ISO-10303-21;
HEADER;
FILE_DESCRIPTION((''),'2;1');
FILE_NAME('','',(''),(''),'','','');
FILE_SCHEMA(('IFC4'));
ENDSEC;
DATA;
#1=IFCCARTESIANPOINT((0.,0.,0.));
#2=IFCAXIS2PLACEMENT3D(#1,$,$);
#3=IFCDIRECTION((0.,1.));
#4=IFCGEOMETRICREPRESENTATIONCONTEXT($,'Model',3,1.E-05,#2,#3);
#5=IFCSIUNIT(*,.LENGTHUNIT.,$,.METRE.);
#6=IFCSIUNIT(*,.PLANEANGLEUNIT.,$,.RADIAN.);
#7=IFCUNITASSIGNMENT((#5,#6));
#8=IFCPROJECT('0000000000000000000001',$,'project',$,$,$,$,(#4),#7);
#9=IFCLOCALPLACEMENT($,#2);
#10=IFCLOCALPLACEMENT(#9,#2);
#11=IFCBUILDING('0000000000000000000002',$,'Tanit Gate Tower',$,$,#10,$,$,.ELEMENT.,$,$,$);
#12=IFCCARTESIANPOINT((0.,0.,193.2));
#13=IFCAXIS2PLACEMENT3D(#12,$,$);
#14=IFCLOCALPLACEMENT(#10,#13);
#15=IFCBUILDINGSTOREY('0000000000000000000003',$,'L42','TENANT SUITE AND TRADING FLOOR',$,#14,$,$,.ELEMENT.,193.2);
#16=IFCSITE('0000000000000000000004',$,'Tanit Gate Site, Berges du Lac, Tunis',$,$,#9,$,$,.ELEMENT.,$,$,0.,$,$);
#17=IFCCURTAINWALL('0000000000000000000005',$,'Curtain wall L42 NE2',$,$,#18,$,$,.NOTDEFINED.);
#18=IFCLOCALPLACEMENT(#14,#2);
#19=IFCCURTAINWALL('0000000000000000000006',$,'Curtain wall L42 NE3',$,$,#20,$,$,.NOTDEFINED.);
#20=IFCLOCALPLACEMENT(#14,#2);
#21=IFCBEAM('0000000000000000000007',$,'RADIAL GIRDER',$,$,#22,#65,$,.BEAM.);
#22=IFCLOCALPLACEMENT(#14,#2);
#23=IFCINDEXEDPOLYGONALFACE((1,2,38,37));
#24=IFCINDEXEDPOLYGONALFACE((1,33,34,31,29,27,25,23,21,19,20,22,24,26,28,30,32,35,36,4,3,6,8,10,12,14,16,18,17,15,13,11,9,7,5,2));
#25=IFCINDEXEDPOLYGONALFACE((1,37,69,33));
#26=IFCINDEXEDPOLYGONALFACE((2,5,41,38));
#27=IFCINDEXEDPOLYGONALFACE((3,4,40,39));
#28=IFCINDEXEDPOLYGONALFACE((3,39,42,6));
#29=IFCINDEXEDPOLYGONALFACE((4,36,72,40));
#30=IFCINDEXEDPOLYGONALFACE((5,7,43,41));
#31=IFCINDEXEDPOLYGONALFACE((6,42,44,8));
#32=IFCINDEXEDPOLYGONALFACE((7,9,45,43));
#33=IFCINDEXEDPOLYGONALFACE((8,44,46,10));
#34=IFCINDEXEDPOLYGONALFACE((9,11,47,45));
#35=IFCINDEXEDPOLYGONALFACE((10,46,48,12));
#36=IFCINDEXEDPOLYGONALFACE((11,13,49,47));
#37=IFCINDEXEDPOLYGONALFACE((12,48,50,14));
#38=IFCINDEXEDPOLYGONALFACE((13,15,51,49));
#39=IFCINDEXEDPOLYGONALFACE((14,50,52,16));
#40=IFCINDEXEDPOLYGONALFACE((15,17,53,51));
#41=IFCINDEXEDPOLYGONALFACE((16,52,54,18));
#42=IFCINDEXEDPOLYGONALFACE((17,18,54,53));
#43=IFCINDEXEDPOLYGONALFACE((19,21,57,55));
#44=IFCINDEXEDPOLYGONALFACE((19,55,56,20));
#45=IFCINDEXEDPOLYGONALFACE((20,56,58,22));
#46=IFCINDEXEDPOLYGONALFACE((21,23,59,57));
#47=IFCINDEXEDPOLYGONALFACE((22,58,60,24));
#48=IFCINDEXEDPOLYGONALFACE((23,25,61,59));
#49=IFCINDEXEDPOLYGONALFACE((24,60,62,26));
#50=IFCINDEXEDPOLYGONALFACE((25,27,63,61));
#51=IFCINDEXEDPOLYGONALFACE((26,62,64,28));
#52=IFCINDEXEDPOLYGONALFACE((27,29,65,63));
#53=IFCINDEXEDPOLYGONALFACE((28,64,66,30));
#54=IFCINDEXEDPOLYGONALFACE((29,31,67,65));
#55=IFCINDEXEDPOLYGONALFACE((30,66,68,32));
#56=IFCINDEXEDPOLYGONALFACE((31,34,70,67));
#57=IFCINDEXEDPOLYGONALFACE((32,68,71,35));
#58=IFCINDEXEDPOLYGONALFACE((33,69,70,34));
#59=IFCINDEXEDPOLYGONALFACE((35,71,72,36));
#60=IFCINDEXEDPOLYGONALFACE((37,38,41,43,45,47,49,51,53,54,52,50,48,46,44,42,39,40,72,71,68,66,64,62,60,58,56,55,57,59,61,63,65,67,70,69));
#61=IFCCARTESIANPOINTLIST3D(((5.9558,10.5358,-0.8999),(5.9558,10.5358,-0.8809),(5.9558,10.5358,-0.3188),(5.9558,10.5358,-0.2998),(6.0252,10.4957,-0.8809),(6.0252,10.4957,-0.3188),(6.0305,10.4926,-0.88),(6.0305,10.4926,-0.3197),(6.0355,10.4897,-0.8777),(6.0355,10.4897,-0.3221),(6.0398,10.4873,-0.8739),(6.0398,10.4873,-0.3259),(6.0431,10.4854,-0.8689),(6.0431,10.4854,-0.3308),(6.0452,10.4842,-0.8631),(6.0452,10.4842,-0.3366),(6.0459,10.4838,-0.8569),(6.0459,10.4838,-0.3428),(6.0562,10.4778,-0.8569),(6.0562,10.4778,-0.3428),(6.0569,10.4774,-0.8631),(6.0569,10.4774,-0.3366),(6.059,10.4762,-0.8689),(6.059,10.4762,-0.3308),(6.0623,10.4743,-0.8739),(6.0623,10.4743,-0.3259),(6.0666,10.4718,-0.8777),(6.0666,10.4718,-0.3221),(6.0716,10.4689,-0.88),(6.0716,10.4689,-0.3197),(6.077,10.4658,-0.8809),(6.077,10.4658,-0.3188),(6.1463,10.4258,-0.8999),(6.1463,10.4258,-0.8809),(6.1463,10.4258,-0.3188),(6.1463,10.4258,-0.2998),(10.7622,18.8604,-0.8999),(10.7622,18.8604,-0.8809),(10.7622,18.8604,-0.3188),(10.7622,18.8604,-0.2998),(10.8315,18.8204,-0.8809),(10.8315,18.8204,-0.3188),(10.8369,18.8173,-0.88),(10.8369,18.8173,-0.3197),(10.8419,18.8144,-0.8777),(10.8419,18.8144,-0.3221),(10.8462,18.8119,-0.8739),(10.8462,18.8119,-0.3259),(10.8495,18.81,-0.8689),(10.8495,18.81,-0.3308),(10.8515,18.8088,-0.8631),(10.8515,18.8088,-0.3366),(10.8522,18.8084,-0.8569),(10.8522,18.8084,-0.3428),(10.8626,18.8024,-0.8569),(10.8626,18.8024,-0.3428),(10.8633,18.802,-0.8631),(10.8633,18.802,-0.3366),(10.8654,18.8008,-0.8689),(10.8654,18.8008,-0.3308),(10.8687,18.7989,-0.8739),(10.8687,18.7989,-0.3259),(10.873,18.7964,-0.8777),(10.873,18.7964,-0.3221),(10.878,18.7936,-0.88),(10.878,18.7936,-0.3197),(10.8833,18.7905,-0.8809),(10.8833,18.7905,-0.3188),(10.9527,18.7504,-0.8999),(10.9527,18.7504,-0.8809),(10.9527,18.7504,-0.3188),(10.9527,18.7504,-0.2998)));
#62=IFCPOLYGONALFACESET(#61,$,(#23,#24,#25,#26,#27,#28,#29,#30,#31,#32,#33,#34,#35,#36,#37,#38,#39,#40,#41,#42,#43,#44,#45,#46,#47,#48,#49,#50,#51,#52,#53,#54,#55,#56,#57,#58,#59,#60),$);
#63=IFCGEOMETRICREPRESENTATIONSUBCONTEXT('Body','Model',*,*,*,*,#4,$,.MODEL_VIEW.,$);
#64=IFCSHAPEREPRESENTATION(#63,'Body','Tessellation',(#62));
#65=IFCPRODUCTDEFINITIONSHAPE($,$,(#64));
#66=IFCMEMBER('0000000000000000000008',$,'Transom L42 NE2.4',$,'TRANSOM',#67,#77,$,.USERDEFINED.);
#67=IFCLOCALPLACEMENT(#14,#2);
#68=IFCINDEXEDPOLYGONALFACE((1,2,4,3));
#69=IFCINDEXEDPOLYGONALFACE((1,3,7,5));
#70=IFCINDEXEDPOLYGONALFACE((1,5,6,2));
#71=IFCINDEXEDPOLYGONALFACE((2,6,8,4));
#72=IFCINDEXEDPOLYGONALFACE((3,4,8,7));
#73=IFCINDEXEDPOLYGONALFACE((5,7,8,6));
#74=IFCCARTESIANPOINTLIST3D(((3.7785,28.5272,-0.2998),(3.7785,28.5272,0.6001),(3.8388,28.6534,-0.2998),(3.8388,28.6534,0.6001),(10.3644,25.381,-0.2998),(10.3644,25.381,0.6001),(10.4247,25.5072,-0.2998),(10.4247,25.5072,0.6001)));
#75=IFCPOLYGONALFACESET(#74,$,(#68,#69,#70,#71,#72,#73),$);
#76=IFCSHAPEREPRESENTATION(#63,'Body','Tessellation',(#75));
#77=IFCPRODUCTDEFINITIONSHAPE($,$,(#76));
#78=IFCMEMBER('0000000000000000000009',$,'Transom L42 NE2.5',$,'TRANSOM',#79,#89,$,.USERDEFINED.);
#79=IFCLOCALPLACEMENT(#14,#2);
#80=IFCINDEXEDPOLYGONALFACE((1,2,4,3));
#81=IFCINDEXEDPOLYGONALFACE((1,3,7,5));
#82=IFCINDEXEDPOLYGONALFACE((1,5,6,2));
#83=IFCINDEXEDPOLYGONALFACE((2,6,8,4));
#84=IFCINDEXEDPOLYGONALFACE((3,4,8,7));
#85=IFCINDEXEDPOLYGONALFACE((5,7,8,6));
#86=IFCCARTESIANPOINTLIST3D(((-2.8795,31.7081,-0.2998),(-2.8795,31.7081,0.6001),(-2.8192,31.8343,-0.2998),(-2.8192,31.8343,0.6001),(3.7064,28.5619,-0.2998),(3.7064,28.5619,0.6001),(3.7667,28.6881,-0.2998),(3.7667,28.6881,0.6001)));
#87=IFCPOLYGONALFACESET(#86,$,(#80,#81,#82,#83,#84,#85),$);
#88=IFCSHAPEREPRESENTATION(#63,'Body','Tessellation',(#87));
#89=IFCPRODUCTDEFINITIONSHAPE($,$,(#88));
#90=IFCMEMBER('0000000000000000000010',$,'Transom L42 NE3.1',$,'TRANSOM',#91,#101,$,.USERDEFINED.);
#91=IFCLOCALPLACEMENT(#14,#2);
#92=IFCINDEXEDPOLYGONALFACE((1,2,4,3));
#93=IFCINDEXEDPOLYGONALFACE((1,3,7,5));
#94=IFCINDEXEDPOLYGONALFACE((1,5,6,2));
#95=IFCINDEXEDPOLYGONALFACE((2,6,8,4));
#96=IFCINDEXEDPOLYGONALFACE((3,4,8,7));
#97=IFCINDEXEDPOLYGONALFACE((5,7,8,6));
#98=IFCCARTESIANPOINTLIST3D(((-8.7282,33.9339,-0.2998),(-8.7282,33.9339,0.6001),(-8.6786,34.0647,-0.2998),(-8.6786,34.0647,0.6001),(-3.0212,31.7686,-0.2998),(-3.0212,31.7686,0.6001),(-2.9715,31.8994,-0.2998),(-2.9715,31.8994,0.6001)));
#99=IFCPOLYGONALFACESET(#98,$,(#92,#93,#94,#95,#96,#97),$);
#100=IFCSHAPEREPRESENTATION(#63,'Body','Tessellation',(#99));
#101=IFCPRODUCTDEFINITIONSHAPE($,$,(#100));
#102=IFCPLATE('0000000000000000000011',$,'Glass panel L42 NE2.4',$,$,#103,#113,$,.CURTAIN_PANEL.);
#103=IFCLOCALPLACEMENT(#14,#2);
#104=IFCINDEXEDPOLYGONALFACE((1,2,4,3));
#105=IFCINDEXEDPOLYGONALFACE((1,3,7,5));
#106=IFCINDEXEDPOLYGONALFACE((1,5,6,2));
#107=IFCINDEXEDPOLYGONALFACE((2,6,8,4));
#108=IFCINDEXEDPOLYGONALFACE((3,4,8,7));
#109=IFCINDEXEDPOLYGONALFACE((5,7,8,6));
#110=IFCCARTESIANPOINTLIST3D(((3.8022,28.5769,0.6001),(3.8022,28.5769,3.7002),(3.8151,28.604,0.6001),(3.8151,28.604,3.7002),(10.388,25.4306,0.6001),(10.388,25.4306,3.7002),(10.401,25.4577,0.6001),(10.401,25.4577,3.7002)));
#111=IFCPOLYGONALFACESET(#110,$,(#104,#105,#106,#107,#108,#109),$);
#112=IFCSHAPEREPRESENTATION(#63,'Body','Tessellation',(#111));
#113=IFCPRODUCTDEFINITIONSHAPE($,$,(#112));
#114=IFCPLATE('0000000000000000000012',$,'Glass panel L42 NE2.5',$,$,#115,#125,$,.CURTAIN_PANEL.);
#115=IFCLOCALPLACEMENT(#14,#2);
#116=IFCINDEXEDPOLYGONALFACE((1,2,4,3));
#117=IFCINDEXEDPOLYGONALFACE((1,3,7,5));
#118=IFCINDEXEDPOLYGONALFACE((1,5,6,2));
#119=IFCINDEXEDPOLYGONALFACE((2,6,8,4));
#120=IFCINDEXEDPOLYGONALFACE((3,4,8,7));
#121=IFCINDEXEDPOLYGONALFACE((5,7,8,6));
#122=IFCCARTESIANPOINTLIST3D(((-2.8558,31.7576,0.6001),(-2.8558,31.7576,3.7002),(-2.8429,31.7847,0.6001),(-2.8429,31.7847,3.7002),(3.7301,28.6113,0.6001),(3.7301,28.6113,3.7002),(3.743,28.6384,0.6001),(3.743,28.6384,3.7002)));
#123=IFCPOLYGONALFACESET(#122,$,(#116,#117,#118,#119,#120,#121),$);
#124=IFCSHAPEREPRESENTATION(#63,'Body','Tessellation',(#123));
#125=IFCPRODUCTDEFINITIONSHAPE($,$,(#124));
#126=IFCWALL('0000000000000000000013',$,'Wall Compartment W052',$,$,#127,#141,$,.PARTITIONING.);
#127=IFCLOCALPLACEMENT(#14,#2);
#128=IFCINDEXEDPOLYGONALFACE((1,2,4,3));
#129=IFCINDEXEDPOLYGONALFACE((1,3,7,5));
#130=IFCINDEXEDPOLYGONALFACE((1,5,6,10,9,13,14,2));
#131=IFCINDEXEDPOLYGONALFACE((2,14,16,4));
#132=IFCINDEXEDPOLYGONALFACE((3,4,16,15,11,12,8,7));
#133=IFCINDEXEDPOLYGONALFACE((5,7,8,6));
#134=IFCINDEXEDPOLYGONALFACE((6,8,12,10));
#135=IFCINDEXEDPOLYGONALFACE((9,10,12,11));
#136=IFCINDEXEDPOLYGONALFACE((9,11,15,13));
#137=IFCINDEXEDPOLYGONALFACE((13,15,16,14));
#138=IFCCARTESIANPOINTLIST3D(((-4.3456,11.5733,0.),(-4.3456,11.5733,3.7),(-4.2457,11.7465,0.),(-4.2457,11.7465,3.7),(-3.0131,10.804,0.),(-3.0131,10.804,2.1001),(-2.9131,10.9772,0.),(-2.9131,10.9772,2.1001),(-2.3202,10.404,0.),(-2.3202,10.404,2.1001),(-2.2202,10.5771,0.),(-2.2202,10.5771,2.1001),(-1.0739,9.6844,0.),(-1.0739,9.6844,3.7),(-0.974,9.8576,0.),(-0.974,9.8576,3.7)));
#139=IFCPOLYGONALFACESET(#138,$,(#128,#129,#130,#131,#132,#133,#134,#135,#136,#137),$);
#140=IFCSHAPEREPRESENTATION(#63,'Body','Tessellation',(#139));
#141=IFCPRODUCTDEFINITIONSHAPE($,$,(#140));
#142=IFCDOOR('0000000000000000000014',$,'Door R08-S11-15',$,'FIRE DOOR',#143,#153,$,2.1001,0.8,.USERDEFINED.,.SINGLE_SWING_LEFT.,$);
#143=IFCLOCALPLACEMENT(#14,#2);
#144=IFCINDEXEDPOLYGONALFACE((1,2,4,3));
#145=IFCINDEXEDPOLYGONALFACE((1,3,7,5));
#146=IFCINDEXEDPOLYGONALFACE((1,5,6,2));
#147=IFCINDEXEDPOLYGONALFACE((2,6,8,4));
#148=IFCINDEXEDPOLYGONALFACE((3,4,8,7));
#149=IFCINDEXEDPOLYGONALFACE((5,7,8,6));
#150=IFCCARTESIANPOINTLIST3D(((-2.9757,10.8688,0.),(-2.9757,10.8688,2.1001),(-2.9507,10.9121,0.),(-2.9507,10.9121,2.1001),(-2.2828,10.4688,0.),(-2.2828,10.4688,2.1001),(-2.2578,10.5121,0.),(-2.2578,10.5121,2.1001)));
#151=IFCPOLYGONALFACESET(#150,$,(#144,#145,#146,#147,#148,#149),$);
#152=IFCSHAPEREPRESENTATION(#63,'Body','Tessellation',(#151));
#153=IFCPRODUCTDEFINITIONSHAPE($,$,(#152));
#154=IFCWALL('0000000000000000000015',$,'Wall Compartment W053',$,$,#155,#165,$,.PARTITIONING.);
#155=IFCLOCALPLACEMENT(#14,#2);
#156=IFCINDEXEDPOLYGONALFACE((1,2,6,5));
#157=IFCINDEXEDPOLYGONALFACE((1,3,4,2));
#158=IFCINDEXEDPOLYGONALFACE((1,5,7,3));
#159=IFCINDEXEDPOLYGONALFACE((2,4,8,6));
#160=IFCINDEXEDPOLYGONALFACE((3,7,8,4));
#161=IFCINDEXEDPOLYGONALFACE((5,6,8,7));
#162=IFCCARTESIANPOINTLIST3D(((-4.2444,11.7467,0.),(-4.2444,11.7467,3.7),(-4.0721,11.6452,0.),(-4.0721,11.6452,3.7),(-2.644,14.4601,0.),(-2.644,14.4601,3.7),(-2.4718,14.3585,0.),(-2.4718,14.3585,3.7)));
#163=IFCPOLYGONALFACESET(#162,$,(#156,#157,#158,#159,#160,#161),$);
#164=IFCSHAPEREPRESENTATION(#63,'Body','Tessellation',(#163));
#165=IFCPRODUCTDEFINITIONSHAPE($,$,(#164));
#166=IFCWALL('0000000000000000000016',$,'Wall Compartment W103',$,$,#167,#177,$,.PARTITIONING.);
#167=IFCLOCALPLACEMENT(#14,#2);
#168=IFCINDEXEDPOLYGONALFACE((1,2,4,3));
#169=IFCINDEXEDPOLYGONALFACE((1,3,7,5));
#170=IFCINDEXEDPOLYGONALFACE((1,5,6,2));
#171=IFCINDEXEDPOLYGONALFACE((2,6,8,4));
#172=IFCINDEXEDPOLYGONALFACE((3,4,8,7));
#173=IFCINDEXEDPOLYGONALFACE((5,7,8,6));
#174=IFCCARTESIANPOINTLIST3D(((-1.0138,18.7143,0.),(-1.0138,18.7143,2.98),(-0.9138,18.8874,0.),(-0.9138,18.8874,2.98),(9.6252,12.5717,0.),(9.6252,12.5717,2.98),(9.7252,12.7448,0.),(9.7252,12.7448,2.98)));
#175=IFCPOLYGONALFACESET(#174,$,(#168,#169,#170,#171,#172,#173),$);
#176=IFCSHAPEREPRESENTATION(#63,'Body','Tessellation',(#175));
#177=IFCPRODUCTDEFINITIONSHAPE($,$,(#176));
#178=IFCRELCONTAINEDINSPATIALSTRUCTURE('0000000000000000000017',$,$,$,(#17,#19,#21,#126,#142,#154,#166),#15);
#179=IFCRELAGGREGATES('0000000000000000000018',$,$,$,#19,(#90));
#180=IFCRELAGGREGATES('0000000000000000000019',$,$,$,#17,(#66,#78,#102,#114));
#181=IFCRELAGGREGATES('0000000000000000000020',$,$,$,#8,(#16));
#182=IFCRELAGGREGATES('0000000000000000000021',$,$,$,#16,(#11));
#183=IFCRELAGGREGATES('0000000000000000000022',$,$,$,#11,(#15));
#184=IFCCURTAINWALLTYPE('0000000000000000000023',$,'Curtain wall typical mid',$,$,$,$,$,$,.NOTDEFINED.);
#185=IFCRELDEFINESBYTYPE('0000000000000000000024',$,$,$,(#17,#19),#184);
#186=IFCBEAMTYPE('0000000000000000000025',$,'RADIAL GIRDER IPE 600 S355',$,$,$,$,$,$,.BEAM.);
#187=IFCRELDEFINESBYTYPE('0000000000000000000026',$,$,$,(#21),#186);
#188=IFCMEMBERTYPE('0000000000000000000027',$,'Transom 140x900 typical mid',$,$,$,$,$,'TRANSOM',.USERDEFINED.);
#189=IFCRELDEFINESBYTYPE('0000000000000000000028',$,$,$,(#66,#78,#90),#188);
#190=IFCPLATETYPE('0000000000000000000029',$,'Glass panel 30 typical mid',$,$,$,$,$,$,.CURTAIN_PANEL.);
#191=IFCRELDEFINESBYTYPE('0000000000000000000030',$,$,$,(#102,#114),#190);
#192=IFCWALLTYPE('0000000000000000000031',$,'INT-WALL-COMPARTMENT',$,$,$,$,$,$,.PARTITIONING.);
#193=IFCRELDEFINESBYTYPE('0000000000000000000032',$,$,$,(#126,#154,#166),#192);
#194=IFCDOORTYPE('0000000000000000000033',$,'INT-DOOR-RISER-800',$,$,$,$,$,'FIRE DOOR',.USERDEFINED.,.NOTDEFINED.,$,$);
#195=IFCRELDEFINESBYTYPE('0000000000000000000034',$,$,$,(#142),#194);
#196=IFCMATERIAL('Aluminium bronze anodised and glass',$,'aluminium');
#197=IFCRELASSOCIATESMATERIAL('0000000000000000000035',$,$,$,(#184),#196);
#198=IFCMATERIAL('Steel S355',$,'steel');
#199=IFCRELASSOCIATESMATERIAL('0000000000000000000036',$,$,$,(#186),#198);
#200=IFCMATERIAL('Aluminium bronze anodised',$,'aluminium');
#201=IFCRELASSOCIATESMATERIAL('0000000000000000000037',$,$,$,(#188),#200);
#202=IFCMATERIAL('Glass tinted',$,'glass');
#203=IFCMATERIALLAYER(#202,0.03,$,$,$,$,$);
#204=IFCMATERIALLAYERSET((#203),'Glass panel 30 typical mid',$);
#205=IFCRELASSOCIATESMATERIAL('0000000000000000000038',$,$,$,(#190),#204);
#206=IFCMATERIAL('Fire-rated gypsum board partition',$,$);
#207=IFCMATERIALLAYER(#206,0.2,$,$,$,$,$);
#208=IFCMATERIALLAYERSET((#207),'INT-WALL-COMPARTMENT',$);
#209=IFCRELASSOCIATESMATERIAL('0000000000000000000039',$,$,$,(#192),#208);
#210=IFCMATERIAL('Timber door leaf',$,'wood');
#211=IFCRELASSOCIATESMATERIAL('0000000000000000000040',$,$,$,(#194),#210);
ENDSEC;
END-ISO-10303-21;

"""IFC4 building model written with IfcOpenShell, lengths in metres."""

from ifc_helpers import new_model, si_unit, direction, frame, frame_2d, origin, origin_2d, place, context, subcontext, project, spatial, rectangle, i_section, extrude, material, layer, layer_set, material_profile, profile_set, type_object, element, fill, aggregate, save


model = new_model("IFC4")

# Units and contexts
model_context = context("Model", 3, precision=1e-05, world=origin(), true_north=direction((0.0, 1.0)))
body_context = subcontext(model_context, "Body", "Model", "MODEL_VIEW")
ifc_project = project(units=[si_unit("LENGTHUNIT", "METRE"), si_unit("PLANEANGLEUNIT", "RADIAN")], contexts=[model_context])

# Site, building, storey
site_placement = place(None, origin())
site = spatial("IfcSite", under=ifc_project, at=site_placement, Name="Tanit Gate Site, Berges du Lac, Tunis", CompositionType="ELEMENT", RefElevation=0.0)
building_placement = place(site_placement, origin())
building = spatial("IfcBuilding", under=site, at=building_placement, Name="Tanit Gate Tower", CompositionType="ELEMENT")
storey_placement = place(building_placement, frame((0.0, 0.0, 193.2)))
storey = spatial("IfcBuildingStorey", under=building, at=storey_placement, Name="L42", Description="TENANT SUITE AND TRADING FLOOR", CompositionType="ELEMENT", Elevation=193.2)

# Curtain wall
ifc_material_1 = material(Name="Aluminium bronze anodised and glass", Category="aluminium")
curtain_wall_type = type_object("IfcCurtainWallType", Name="Curtain wall typical mid", PredefinedType="NOTDEFINED", material=ifc_material_1)
curtain_wall_1_placement = place(storey_placement, origin())
curtain_wall_1 = element("IfcCurtainWall", 1, at=curtain_wall_1_placement, inside=storey, type_object=curtain_wall_type, Name="Curtain wall L42 NE2", PredefinedType="NOTDEFINED")

# Curtain wall
curtain_wall_2_placement = place(storey_placement, origin())
curtain_wall_2 = element("IfcCurtainWall", 2, at=curtain_wall_2_placement, inside=storey, type_object=curtain_wall_type, Name="Curtain wall L42 NE3", PredefinedType="NOTDEFINED")

# Beam
ifc_material_2 = material(Name="Steel S355", Category="steel")
ifc_material_profile_1 = material_profile(ifc_material_2, i_section(OverallWidth=0.22, OverallDepth=0.6001, WebThickness=0.012, FlangeThickness=0.019, FilletRadius=0.0239, at=origin_2d()), Name="IPE 600")
ifc_profile_set_1 = profile_set([ifc_material_profile_1], Name="Steel S355")
beam_type_1 = type_object("IfcBeamType", Name="RADIAL GIRDER IPE 600 S355", PredefinedType="BEAM", material=ifc_profile_set_1)
beam_1_placement = place(storey_placement, frame((10.8574, 18.8054, -0.5999), z_axis=(-0.50001, -0.86602, 0.0), x_axis=(0.86602, -0.50001, 0.0)))
element("IfcBeam", 3, at=beam_1_placement, inside=storey, type_object=beam_type_1, Name="RADIAL GIRDER", PredefinedType="BEAM", context=body_context, shape_type="SweptSolid", body=[
    extrude(i_section(OverallWidth=0.22, OverallDepth=0.6001, WebThickness=0.012, FlangeThickness=0.019, FilletRadius=0.0239, at=origin_2d()), origin(), (0.0, 0.0, 1.0), 9.6125),
])

# Members
ifc_material_3 = material(Name="Aluminium bronze anodised", Category="aluminium")
ifc_material_profile_2 = material_profile(ifc_material_3, rectangle(XDim=0.1399, YDim=0.8999, at=origin_2d()), Name="140x900 bronze transom")
ifc_profile_set_2 = profile_set([ifc_material_profile_2], Name="Aluminium bronze anodised")
member_type_1 = type_object("IfcMemberType", Name="Transom 140x900 typical mid", ElementType="TRANSOM", PredefinedType="USERDEFINED", material=ifc_profile_set_2)
member_1_placement = place(storey_placement, frame((10.3945, 25.4441, 0.1501), z_axis=(-0.902324, 0.431059, 0.0), x_axis=(-0.431059, -0.902324, 0.0)))
member_1 = element("IfcMember", 4, at=member_1_placement, type_object=member_type_1, Name="Transom L42 NE2.4", ObjectType="TRANSOM", PredefinedType="USERDEFINED", context=body_context, shape_type="SweptSolid", body=[
    extrude(rectangle(XDim=0.1399, YDim=0.8999, at=origin_2d()), origin(), (0.0, 0.0, 1.0), 7.2988),
])
member_2_placement = place(storey_placement, frame((3.7366, 28.625, 0.1501), z_axis=(-0.902324, 0.431059, 0.0), x_axis=(-0.431059, -0.902324, 0.0)))
member_2 = element("IfcMember", 5, at=member_2_placement, type_object=member_type_1, Name="Transom L42 NE2.5", ObjectType="TRANSOM", PredefinedType="USERDEFINED", context=body_context, shape_type="SweptSolid", body=[
    extrude(rectangle(XDim=0.1399, YDim=0.8999, at=origin_2d()), origin(), (0.0, 0.0, 1.0), 7.2988),
])
member_3_placement = place(storey_placement, frame((-2.9963, 31.834, 0.1501), z_axis=(-0.934968, 0.354733, 0.0), x_axis=(-0.354733, -0.934968, 0.0)))
member_3 = element("IfcMember", 6, at=member_3_placement, type_object=member_type_1, Name="Transom L42 NE3.1", ObjectType="TRANSOM", PredefinedType="USERDEFINED", context=body_context, shape_type="SweptSolid", body=[
    extrude(rectangle(XDim=0.1399, YDim=0.8999, at=origin_2d()), origin(), (0.0, 0.0, 1.0), 6.104),
])
aggregate(curtain_wall_2, [member_3])

# Plates
ifc_material_4 = material(Name="Glass tinted", Category="glass")
ifc_layer_1 = layer(ifc_material_4, 0.03)
ifc_layer_set_1 = layer_set([ifc_layer_1], Name="Glass panel 30 typical mid")
plate_type = type_object("IfcPlateType", Name="Glass panel 30 typical mid", PredefinedType="CURTAIN_PANEL", material=ifc_layer_set_1)
plate_1_placement = place(storey_placement, frame((7.1016, 27.0173, 0.6001), z_axis=(0.0, 0.0, 1.0), x_axis=(-0.902317, 0.431073, 0.0)))
plate_1 = element("IfcPlate", 7, at=plate_1_placement, type_object=plate_type, Name="Glass panel L42 NE2.4", PredefinedType="CURTAIN_PANEL", context=body_context, shape_type="SweptSolid", body=[
    extrude(rectangle(XDim=7.2988, YDim=0.03, at=origin_2d()), origin(), (0.0, 0.0, 1.0), 3.1001),
])
plate_2_placement = place(storey_placement, frame((0.4436, 30.198, 0.6001), z_axis=(0.0, 0.0, 1.0), x_axis=(-0.902317, 0.431073, 0.0)))
plate_2 = element("IfcPlate", 8, at=plate_2_placement, type_object=plate_type, Name="Glass panel L42 NE2.5", PredefinedType="CURTAIN_PANEL", context=body_context, shape_type="SweptSolid", body=[
    extrude(rectangle(XDim=7.2988, YDim=0.03, at=origin_2d()), origin(), (0.0, 0.0, 1.0), 3.1001),
])
aggregate(curtain_wall_1, [member_1, member_2, plate_1, plate_2])

# Wall, opening, door
ifc_material_5 = material(Name="Fire-rated gypsum board partition")
ifc_layer_2 = layer(ifc_material_5, 0.2)
ifc_layer_set_2 = layer_set([ifc_layer_2], Name="INT-WALL-COMPARTMENT")
wall_type = type_object("IfcWallType", Name="INT-WALL-COMPARTMENT", PredefinedType="PARTITIONING", material=ifc_layer_set_2)
wall_1_placement = place(storey_placement, frame((-4.2957, 11.6599, 0.0), z_axis=(0.0, 0.0, 1.0), x_axis=(0.866027, -0.499997, 0.0)))
wall_1 = element("IfcWall", 9, at=wall_1_placement, inside=storey, type_object=wall_type, Name="Wall Compartment W052", PredefinedType="PARTITIONING", context=body_context, shape_type="SweptSolid", body=[
    extrude(rectangle(XDim=3.7778, YDim=0.2, at=frame_2d((1.8889, 0.0))), origin(), (0.0, 0.0, 1.0), 3.7),
])
opening_1_placement = place(wall_1_placement, frame((1.5388, 0.0, 0.0)))
opening_1 = element("IfcOpeningElement", 10, at=opening_1_placement, cuts=wall_1, PredefinedType="OPENING", context=body_context, shape_type="SweptSolid", body=[
    extrude(rectangle(XDim=0.8, YDim=2.1001, at=frame_2d((0.3999, 1.05))), frame((0.0, 0.1099, 0.0), z_axis=(0.0, -1.0, 0.0), x_axis=(1.0, 0.0, 0.0)), (0.0, 0.0, 1.0), 0.22),
])
ifc_material_6 = material(Name="Timber door leaf", Category="wood")
door_type_1 = type_object("IfcDoorType", Name="INT-DOOR-RISER-800", ElementType="FIRE DOOR", OperationType="NOTDEFINED", PredefinedType="USERDEFINED", material=ifc_material_6)
door_1_placement = place(opening_1_placement, origin())
door_1 = element("IfcDoor", 11, at=door_1_placement, inside=storey, type_object=door_type_1, Name="Door R08-S11-15", ObjectType="FIRE DOOR", OperationType="SINGLE_SWING_LEFT", OverallHeight=2.1001, OverallWidth=0.8, PredefinedType="USERDEFINED", context=body_context, shape_type="SweptSolid", body=[
    extrude(rectangle(XDim=0.8, YDim=2.1001, at=frame_2d((0.3999, 1.05))), frame((0.0, 0.0249, 0.0), z_axis=(0.0, -1.0, 0.0), x_axis=(1.0, 0.0, 0.0)), (0.0, 0.0, 1.0), 0.05),
])
fill(opening_1, door_1)

# Walls
wall_2_placement = place(storey_placement, frame((-2.5579, 14.4094, 0.0), z_axis=(0.0, 0.0, 1.0), x_axis=(-0.508019, -0.861346, 0.0)))
element("IfcWall", 12, at=wall_2_placement, inside=storey, type_object=wall_type, Name="Wall Compartment W053", PredefinedType="PARTITIONING", context=body_context, shape_type="SweptSolid", body=[
    extrude(rectangle(XDim=3.1501, YDim=0.2, at=frame_2d((1.5752, 0.0))), origin(), (0.0, 0.0, 1.0), 3.7),
])
wall_3_placement = place(storey_placement, frame((9.6753, 12.6582, 0.0), z_axis=(0.0, 0.0, 1.0), x_axis=(-0.866018, 0.500012, 0.0)))
element("IfcWall", 13, at=wall_3_placement, inside=storey, type_object=wall_type, Name="Wall Compartment W103", PredefinedType="PARTITIONING", context=body_context, shape_type="SweptSolid", body=[
    extrude(rectangle(XDim=12.2849, YDim=0.2, at=frame_2d((6.1426, 0.0))), origin(), (0.0, 0.0, 1.0), 2.98),
])

save(model, "model.ifc")
